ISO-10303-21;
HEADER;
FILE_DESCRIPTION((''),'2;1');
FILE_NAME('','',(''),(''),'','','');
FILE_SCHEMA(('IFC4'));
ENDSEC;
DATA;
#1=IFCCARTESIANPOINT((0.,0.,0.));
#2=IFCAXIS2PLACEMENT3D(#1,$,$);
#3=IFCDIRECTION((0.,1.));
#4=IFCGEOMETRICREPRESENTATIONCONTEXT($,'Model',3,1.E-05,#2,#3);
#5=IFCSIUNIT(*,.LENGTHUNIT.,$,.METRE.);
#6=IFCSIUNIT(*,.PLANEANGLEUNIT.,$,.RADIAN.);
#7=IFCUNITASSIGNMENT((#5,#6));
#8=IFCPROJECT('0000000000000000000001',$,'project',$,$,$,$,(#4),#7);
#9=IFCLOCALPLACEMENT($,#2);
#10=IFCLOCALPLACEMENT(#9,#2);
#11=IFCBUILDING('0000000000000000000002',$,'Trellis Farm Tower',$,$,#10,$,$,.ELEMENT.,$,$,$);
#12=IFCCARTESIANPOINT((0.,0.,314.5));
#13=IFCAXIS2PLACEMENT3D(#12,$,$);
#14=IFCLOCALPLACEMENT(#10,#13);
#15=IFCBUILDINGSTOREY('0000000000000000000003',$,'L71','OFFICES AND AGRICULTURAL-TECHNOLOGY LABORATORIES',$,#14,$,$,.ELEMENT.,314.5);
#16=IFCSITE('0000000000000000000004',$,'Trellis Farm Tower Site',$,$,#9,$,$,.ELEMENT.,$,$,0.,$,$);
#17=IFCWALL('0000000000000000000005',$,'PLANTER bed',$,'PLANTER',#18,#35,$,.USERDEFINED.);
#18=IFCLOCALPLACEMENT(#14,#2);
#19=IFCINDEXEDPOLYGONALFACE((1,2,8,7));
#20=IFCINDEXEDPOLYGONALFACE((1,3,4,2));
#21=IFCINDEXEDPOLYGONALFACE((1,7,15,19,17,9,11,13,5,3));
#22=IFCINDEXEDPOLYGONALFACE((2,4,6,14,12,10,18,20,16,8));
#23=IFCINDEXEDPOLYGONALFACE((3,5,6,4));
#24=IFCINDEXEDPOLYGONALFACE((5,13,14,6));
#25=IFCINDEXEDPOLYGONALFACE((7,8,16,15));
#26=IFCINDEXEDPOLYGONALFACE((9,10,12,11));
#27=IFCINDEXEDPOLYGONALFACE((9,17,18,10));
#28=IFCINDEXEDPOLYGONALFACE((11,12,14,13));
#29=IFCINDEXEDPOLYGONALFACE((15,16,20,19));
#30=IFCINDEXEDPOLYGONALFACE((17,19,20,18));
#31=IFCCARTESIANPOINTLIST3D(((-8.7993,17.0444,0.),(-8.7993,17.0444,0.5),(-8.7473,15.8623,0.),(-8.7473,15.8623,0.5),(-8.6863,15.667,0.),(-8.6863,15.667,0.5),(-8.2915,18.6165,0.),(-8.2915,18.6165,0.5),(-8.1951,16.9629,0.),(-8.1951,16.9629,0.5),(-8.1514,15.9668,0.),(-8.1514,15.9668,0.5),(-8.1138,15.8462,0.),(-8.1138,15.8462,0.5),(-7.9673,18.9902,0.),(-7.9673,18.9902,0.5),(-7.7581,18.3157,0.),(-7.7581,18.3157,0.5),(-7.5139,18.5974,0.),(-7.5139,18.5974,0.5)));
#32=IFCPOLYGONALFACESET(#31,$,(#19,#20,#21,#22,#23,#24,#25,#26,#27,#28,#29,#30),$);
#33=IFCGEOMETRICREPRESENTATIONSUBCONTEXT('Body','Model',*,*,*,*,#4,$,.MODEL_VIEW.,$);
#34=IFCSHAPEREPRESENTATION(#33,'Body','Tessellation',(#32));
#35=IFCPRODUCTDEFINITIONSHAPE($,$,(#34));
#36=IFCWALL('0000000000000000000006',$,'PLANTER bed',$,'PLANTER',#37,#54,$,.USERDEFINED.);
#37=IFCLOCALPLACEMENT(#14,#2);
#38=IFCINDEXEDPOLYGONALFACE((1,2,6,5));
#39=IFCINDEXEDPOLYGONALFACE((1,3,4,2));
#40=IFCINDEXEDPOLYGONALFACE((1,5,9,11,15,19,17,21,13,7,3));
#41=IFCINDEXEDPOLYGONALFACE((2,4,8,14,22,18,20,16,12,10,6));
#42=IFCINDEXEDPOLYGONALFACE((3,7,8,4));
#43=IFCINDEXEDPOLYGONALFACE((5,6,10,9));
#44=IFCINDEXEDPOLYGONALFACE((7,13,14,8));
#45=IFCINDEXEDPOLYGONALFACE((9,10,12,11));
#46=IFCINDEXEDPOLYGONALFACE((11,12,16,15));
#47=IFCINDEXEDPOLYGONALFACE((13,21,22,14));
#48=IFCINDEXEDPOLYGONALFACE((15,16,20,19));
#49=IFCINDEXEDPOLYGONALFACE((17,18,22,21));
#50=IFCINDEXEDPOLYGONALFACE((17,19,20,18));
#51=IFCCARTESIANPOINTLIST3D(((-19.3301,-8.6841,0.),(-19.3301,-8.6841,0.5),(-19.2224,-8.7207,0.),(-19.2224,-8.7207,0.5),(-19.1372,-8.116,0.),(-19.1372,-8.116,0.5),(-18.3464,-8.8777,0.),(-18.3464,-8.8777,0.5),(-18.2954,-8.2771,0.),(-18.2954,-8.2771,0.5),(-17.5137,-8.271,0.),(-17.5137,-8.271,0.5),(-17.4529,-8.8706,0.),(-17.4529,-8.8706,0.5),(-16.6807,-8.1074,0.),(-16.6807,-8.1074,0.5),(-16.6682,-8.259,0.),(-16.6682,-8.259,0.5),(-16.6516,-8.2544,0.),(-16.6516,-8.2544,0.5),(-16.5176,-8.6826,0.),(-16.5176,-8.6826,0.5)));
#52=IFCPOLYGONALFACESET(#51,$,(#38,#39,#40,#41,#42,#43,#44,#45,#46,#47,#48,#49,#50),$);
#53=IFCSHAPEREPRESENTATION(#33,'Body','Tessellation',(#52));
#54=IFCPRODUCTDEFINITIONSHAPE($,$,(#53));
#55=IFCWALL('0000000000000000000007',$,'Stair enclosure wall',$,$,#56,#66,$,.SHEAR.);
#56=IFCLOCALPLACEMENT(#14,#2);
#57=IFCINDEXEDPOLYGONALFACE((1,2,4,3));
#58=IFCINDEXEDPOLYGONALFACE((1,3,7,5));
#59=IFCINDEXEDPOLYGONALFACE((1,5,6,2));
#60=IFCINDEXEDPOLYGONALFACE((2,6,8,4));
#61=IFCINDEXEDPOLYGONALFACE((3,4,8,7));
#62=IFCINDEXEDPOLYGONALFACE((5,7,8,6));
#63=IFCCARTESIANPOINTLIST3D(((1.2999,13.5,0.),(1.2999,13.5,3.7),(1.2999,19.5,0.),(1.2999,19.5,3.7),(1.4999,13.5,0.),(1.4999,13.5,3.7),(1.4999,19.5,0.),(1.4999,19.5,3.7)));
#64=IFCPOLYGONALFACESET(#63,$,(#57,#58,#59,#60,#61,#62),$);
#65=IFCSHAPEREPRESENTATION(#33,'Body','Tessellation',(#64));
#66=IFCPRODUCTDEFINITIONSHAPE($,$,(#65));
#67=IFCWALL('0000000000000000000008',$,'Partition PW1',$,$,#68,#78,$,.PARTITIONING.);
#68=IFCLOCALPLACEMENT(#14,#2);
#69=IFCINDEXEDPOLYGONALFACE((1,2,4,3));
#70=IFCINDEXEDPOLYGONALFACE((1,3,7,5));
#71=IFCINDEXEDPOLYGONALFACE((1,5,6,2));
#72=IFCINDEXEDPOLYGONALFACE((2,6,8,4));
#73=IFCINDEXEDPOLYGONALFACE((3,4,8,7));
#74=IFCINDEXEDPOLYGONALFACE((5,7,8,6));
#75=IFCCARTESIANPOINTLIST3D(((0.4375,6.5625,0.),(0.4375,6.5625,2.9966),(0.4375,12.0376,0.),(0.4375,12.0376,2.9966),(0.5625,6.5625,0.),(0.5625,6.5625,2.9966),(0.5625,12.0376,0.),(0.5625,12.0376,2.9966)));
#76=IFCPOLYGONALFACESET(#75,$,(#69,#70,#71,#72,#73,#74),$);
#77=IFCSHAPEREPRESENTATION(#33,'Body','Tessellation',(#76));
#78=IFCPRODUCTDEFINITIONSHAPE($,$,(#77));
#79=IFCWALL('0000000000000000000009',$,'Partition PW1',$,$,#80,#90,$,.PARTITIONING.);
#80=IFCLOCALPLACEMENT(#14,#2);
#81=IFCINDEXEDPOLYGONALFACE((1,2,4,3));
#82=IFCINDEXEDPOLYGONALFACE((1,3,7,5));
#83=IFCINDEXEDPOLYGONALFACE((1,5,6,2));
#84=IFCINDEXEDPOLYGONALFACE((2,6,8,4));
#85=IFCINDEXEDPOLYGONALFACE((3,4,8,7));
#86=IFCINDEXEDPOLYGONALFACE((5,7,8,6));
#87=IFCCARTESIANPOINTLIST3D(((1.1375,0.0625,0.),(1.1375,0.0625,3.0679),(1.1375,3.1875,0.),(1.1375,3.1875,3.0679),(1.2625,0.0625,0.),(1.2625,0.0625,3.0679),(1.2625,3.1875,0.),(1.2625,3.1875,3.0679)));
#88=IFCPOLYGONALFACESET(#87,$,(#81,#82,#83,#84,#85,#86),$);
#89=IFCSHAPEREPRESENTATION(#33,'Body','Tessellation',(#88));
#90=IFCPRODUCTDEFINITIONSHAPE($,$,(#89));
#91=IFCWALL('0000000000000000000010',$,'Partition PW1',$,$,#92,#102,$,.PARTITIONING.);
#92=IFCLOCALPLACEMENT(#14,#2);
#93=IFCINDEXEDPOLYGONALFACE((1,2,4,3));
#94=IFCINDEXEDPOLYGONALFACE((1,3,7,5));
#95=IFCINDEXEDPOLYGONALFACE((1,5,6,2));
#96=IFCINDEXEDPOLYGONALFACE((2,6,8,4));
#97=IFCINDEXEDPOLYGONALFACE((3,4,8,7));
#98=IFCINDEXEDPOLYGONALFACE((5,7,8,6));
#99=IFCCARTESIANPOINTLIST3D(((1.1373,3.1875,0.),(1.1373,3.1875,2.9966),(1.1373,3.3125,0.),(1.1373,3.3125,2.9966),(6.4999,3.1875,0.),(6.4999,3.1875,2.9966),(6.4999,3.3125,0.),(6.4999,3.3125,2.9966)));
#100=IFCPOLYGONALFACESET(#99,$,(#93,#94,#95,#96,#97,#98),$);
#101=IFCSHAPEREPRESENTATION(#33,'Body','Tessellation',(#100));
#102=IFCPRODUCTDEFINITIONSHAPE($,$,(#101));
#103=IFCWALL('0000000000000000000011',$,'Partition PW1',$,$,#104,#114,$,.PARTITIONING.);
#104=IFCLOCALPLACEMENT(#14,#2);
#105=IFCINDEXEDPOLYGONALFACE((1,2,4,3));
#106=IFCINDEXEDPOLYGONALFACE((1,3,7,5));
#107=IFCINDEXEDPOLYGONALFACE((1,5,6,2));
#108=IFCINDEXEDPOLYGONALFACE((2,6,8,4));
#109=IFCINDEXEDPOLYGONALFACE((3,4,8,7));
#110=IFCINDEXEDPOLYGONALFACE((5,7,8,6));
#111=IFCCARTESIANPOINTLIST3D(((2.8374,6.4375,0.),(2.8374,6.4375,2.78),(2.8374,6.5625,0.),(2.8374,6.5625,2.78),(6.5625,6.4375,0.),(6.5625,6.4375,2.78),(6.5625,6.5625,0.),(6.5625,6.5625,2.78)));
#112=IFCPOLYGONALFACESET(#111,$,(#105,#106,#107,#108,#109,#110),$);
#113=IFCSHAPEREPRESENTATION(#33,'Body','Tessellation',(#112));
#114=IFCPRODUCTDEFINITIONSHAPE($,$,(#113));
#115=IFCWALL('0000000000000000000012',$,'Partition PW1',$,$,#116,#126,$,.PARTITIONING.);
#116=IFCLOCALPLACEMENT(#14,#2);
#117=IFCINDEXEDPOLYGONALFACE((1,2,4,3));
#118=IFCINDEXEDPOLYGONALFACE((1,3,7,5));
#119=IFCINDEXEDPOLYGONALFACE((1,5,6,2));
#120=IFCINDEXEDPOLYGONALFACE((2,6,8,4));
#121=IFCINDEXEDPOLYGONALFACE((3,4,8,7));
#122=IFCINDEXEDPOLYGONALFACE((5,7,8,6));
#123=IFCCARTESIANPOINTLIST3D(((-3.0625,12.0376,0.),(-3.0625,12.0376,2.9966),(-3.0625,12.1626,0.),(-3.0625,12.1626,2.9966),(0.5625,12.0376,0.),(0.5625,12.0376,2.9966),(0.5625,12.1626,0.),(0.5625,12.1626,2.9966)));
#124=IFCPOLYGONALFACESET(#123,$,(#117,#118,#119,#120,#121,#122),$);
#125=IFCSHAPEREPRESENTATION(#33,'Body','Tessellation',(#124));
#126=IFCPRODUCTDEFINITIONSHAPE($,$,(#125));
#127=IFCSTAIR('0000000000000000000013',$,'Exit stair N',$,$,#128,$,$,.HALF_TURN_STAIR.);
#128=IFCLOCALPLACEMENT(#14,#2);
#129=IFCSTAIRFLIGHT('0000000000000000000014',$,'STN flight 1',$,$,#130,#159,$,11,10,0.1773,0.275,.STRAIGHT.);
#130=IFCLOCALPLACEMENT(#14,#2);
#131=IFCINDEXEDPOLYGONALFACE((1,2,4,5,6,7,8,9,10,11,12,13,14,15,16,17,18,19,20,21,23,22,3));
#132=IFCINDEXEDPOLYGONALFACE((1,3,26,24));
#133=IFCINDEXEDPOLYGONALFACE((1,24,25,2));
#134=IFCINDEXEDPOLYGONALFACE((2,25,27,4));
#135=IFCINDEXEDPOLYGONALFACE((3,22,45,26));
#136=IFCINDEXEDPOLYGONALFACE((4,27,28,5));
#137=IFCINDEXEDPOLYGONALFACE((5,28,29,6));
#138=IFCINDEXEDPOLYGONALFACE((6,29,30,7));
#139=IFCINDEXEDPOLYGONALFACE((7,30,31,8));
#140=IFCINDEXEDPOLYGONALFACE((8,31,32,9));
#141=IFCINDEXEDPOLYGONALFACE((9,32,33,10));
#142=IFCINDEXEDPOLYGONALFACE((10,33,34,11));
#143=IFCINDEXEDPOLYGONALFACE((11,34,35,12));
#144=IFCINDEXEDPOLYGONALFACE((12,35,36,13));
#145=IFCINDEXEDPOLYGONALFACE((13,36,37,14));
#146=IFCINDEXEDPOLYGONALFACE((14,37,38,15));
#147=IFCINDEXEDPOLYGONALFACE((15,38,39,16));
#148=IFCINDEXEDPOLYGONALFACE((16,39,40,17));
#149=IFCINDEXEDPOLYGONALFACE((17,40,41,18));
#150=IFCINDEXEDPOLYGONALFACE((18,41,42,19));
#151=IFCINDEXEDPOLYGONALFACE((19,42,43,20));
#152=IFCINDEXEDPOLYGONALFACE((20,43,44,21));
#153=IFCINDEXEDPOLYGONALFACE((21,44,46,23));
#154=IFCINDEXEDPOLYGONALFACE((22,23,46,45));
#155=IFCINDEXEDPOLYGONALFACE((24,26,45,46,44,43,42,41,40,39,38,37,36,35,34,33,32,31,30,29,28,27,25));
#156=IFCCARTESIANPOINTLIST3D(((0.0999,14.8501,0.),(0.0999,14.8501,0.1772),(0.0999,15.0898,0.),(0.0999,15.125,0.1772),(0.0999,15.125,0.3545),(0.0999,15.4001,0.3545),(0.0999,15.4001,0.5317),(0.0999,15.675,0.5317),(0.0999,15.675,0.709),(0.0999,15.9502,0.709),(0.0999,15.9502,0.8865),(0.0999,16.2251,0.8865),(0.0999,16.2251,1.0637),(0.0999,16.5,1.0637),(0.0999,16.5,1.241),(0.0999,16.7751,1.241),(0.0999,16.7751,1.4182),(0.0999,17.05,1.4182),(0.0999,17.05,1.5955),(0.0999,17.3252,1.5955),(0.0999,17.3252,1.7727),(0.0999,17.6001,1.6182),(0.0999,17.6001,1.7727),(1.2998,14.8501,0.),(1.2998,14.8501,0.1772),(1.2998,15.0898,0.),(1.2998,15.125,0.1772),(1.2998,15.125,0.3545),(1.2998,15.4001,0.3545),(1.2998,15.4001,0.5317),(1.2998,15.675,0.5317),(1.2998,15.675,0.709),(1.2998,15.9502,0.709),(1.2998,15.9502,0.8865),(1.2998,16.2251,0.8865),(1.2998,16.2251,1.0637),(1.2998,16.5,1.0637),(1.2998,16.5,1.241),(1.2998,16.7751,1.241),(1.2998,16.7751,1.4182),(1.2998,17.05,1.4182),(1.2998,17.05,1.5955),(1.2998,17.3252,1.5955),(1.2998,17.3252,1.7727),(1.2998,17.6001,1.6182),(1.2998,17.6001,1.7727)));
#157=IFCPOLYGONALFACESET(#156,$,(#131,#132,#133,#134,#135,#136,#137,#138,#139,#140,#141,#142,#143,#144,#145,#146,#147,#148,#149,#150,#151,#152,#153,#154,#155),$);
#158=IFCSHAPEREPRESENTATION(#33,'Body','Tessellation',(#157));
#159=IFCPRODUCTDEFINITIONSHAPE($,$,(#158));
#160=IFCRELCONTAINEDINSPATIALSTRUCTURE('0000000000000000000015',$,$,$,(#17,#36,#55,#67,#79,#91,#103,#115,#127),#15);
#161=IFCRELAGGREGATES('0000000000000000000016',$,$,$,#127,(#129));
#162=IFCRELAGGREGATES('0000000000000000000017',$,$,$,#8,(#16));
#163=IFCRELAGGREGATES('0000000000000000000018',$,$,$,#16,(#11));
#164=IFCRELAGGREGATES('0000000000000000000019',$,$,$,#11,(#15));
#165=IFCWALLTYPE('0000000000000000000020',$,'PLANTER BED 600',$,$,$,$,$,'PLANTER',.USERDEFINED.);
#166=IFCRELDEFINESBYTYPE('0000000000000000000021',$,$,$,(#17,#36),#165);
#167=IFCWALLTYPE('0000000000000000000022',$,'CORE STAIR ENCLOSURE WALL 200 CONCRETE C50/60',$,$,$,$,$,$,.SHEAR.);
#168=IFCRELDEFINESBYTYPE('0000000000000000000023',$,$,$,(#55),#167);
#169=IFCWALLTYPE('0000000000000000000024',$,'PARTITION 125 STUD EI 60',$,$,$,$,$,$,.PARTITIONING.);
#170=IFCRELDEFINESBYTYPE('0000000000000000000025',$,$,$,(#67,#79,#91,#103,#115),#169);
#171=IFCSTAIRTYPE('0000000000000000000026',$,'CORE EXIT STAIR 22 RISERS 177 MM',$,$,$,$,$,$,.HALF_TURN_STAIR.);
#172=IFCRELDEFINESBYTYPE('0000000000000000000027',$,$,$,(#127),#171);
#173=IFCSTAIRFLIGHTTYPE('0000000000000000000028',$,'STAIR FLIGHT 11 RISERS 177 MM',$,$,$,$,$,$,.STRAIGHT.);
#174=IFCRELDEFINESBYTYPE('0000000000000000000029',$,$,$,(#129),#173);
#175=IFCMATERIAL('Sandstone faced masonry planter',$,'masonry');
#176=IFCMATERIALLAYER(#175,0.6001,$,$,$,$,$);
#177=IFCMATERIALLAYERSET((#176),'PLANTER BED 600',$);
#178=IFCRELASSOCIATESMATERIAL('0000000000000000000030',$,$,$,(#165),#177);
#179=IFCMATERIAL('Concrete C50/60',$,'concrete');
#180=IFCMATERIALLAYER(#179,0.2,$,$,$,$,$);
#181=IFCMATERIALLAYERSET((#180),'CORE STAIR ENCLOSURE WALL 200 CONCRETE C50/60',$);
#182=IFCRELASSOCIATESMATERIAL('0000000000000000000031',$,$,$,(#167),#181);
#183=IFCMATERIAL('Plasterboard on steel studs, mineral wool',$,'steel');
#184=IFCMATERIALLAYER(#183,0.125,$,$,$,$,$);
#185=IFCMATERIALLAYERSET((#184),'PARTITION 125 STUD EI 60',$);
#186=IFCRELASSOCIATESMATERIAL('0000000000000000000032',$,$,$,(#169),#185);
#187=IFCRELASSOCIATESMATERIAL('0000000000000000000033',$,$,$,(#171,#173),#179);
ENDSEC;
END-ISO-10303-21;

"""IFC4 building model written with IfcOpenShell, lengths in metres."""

from ifc_helpers import new_model, si_unit, direction, frame, frame_2d, origin, place, context, subcontext, project, spatial, polyline, rectangle, outline, extrude, source, transform, mapped, material, layer, layer_set, type_object, element, aggregate, save


model = new_model("IFC4")

# Units and contexts
model_context = context("Model", 3, precision=1e-05, world=origin(), true_north=direction((0.0, 1.0)))
body_context = subcontext(model_context, "Body", "Model", "MODEL_VIEW")
ifc_project = project(units=[si_unit("LENGTHUNIT", "METRE"), si_unit("PLANEANGLEUNIT", "RADIAN")], contexts=[model_context])

# Site, building, storey
site_placement = place(None, origin())
site = spatial("IfcSite", under=ifc_project, at=site_placement, Name="Trellis Farm Tower Site", CompositionType="ELEMENT", RefElevation=0.0)
building_placement = place(site_placement, origin())
building = spatial("IfcBuilding", under=site, at=building_placement, Name="Trellis Farm Tower", CompositionType="ELEMENT")
storey_placement = place(building_placement, frame((0.0, 0.0, 314.5)))
storey = spatial("IfcBuildingStorey", under=building, at=storey_placement, Name="L71", Description="OFFICES AND AGRICULTURAL-TECHNOLOGY LABORATORIES", CompositionType="ELEMENT", Elevation=314.5)

# Shared definitions
placement_1 = place(storey_placement, origin())

# Walls
ifc_material_1 = material(Name="Sandstone faced masonry planter", Category="masonry")
ifc_layer_1 = layer(ifc_material_1, 0.6001)
ifc_layer_set_1 = layer_set([ifc_layer_1], Name="PLANTER BED 600")
wall_type_1 = type_object("IfcWallType", Name="PLANTER BED 600", ElementType="PLANTER", PredefinedType="USERDEFINED", material=ifc_layer_set_1)
element("IfcWall", 1, at=placement_1, inside=storey, type_object=wall_type_1, Name="PLANTER bed", ObjectType="PLANTER", PredefinedType="USERDEFINED", context=body_context, shape_type="SweptSolid", body=[
    extrude(outline(polyline([(-8.7993, 17.0444), (-8.2915, 18.6165), (-7.9673, 18.9902), (-7.5139, 18.5974), (-7.7581, 18.3157), (-8.1951, 16.9629), (-8.1514, 15.9668), (-8.1138, 15.8462), (-8.6863, 15.667), (-8.7473, 15.8623), (-8.7993, 17.0444)])), origin(), (0.0, 0.0, 1.0), 0.5),
])
element("IfcWall", 2, at=placement_1, inside=storey, type_object=wall_type_1, Name="PLANTER bed", ObjectType="PLANTER", PredefinedType="USERDEFINED", context=body_context, shape_type="SweptSolid", body=[
    extrude(outline(polyline([(-16.5176, -8.6826), (-17.4529, -8.8706), (-18.3464, -8.8777), (-19.2224, -8.7207), (-19.3301, -8.6841), (-19.1372, -8.116), (-18.2954, -8.2771), (-17.5137, -8.271), (-16.6807, -8.1074), (-16.6516, -8.2544), (-16.6682, -8.259), (-16.5176, -8.6826)])), origin(), (0.0, 0.0, 1.0), 0.5),
])
ifc_material_2 = material(Name="Concrete C50/60", Category="concrete")
ifc_layer_2 = layer(ifc_material_2, 0.2)
ifc_layer_set_2 = layer_set([ifc_layer_2], Name="CORE STAIR ENCLOSURE WALL 200 CONCRETE C50/60")
wall_type_2 = type_object("IfcWallType", Name="CORE STAIR ENCLOSURE WALL 200 CONCRETE C50/60", PredefinedType="SHEAR", material=ifc_layer_set_2)
shared_shape_1 = source(origin(), body_context, "Body", "SweptSolid", [
    extrude(rectangle(XDim=6.0, YDim=0.2, at=frame_2d((3.0, 0.0))), origin(), (0.0, 0.0, 1.0), 3.7),
])
wall_1_placement = place(storey_placement, frame((1.3999, 13.5, 0.0), z_axis=(0.0, 0.0, 1.0), x_axis=(0.0, 1.0, 0.0)))
element("IfcWall", 3, at=wall_1_placement, inside=storey, type_object=wall_type_2, Name="Stair enclosure wall", PredefinedType="SHEAR", context=body_context, shape_type="MappedRepresentation", body=[
    mapped(shared_shape_1, transform((0.0, 0.0, 0.0))),
])
ifc_material_3 = material(Name="Plasterboard on steel studs, mineral wool", Category="steel")
ifc_layer_3 = layer(ifc_material_3, 0.125)
ifc_layer_set_3 = layer_set([ifc_layer_3], Name="PARTITION 125 STUD EI 60")
wall_type_3 = type_object("IfcWallType", Name="PARTITION 125 STUD EI 60", PredefinedType="PARTITIONING", material=ifc_layer_set_3)
shared_shape_2 = source(origin(), body_context, "Body", "SweptSolid", [
    extrude(rectangle(XDim=5.4751, YDim=0.125, at=frame_2d((2.7375, 0.0))), origin(), (0.0, 0.0, 1.0), 2.9966),
])
wall_2_placement = place(storey_placement, frame((0.5, 12.0376, 0.0), z_axis=(0.0, 0.0, 1.0), x_axis=(0.0, -1.0, 0.0)))
element("IfcWall", 4, at=wall_2_placement, inside=storey, type_object=wall_type_3, Name="Partition PW1", PredefinedType="PARTITIONING", context=body_context, shape_type="MappedRepresentation", body=[
    mapped(shared_shape_2, transform((0.0, 0.0, 0.0))),
])
shared_shape_3 = source(origin(), body_context, "Body", "SweptSolid", [
    extrude(rectangle(XDim=3.125, YDim=0.125, at=frame_2d((1.5625, 0.0))), origin(), (0.0, 0.0, 1.0), 3.0679),
])
wall_3_placement = place(storey_placement, frame((1.2, 3.1875, 0.0), z_axis=(0.0, 0.0, 1.0), x_axis=(0.0, -1.0, 0.0)))
element("IfcWall", 5, at=wall_3_placement, inside=storey, type_object=wall_type_3, Name="Partition PW1", PredefinedType="PARTITIONING", context=body_context, shape_type="MappedRepresentation", body=[
    mapped(shared_shape_3, transform((0.0, 0.0, 0.0))),
])
shared_shape_4 = source(origin(), body_context, "Body", "SweptSolid", [
    extrude(rectangle(XDim=5.3625, YDim=0.125, at=frame_2d((2.6812, 0.0))), origin(), (0.0, 0.0, 1.0), 2.9966),
])
wall_4_placement = place(storey_placement, frame((1.1375, 3.25, 0.0), z_axis=(0.0, 0.0, 1.0), x_axis=(1.0, 0.0, 0.0)))
element("IfcWall", 6, at=wall_4_placement, inside=storey, type_object=wall_type_3, Name="Partition PW1", PredefinedType="PARTITIONING", context=body_context, shape_type="MappedRepresentation", body=[
    mapped(shared_shape_4, transform((0.0, 0.0, 0.0))),
])
shared_shape_5 = source(origin(), body_context, "Body", "SweptSolid", [
    extrude(rectangle(XDim=3.7251, YDim=0.125, at=frame_2d((1.8625, 0.0))), origin(), (0.0, 0.0, 1.0), 2.78),
])
wall_5_placement = place(storey_placement, frame((2.8374, 6.5, 0.0), z_axis=(0.0, 0.0, 1.0), x_axis=(1.0, 0.0, 0.0)))
element("IfcWall", 7, at=wall_5_placement, inside=storey, type_object=wall_type_3, Name="Partition PW1", PredefinedType="PARTITIONING", context=body_context, shape_type="MappedRepresentation", body=[
    mapped(shared_shape_5, transform((0.0, 0.0, 0.0))),
])
shared_shape_6 = source(origin(), body_context, "Body", "SweptSolid", [
    extrude(rectangle(XDim=3.625, YDim=0.125, at=frame_2d((1.8125, 0.0))), origin(), (0.0, 0.0, 1.0), 2.9966),
])
wall_6_placement = place(storey_placement, frame((0.5625, 12.1001, 0.0), z_axis=(0.0, 0.0, 1.0), x_axis=(-1.0, 0.0, 0.0)))
element("IfcWall", 8, at=wall_6_placement, inside=storey, type_object=wall_type_3, Name="Partition PW1", PredefinedType="PARTITIONING", context=body_context, shape_type="MappedRepresentation", body=[
    mapped(shared_shape_6, transform((0.0, 0.0, 0.0))),
])

# Stair, stair flight
stair_type = type_object("IfcStairType", Name="CORE EXIT STAIR 22 RISERS 177 MM", PredefinedType="HALF_TURN_STAIR", material=ifc_material_2)
stair = element("IfcStair", 9, at=placement_1, inside=storey, type_object=stair_type, Name="Exit stair N", PredefinedType="HALF_TURN_STAIR")
stair_flight_type = type_object("IfcStairFlightType", Name="STAIR FLIGHT 11 RISERS 177 MM", PredefinedType="STRAIGHT", material=ifc_material_2)
shared_shape_7 = source(origin(), body_context, "Body", "SweptSolid", [
    extrude(outline(polyline([(0.0, 0.0), (0.0, 0.1772), (0.2749, 0.1772), (0.2749, 0.3545), (0.55, 0.3545), (0.55, 0.5317), (0.825, 0.5317), (0.825, 0.709), (1.1001, 0.709), (1.1001, 0.8865), (1.375, 0.8865), (1.375, 1.0637), (1.6499, 1.0637), (1.6499, 1.241), (1.925, 1.241), (1.925, 1.4182), (2.2, 1.4182), (2.2, 1.5955), (2.4751, 1.5955), (2.4751, 1.7727), (2.75, 1.7727), (2.75, 1.95), (2.75, 1.6182), (0.2397, 0.0), (0.0, 0.0)])), frame((0.0, 0.6001, 0.0), z_axis=(0.0, -1.0, 0.0), x_axis=(1.0, 0.0, 0.0)), (0.0, 0.0, 1.0), 1.2),
])
stair_flight_placement = place(storey_placement, frame((0.7, 14.8501, 0.0), z_axis=(0.0, 0.0, 1.0), x_axis=(0.0, 1.0, 0.0)))
stair_flight = element("IfcStairFlight", 10, at=stair_flight_placement, type_object=stair_flight_type, Name="STN flight 1", NumberOfRisers=11, NumberOfTreads=10, PredefinedType="STRAIGHT", RiserHeight=0.1773, TreadLength=0.275, context=body_context, shape_type="MappedRepresentation", body=[
    mapped(shared_shape_7, transform((0.0, 0.0, 0.0))),
])
aggregate(stair, [stair_flight])

save(model, "model.ifc")
